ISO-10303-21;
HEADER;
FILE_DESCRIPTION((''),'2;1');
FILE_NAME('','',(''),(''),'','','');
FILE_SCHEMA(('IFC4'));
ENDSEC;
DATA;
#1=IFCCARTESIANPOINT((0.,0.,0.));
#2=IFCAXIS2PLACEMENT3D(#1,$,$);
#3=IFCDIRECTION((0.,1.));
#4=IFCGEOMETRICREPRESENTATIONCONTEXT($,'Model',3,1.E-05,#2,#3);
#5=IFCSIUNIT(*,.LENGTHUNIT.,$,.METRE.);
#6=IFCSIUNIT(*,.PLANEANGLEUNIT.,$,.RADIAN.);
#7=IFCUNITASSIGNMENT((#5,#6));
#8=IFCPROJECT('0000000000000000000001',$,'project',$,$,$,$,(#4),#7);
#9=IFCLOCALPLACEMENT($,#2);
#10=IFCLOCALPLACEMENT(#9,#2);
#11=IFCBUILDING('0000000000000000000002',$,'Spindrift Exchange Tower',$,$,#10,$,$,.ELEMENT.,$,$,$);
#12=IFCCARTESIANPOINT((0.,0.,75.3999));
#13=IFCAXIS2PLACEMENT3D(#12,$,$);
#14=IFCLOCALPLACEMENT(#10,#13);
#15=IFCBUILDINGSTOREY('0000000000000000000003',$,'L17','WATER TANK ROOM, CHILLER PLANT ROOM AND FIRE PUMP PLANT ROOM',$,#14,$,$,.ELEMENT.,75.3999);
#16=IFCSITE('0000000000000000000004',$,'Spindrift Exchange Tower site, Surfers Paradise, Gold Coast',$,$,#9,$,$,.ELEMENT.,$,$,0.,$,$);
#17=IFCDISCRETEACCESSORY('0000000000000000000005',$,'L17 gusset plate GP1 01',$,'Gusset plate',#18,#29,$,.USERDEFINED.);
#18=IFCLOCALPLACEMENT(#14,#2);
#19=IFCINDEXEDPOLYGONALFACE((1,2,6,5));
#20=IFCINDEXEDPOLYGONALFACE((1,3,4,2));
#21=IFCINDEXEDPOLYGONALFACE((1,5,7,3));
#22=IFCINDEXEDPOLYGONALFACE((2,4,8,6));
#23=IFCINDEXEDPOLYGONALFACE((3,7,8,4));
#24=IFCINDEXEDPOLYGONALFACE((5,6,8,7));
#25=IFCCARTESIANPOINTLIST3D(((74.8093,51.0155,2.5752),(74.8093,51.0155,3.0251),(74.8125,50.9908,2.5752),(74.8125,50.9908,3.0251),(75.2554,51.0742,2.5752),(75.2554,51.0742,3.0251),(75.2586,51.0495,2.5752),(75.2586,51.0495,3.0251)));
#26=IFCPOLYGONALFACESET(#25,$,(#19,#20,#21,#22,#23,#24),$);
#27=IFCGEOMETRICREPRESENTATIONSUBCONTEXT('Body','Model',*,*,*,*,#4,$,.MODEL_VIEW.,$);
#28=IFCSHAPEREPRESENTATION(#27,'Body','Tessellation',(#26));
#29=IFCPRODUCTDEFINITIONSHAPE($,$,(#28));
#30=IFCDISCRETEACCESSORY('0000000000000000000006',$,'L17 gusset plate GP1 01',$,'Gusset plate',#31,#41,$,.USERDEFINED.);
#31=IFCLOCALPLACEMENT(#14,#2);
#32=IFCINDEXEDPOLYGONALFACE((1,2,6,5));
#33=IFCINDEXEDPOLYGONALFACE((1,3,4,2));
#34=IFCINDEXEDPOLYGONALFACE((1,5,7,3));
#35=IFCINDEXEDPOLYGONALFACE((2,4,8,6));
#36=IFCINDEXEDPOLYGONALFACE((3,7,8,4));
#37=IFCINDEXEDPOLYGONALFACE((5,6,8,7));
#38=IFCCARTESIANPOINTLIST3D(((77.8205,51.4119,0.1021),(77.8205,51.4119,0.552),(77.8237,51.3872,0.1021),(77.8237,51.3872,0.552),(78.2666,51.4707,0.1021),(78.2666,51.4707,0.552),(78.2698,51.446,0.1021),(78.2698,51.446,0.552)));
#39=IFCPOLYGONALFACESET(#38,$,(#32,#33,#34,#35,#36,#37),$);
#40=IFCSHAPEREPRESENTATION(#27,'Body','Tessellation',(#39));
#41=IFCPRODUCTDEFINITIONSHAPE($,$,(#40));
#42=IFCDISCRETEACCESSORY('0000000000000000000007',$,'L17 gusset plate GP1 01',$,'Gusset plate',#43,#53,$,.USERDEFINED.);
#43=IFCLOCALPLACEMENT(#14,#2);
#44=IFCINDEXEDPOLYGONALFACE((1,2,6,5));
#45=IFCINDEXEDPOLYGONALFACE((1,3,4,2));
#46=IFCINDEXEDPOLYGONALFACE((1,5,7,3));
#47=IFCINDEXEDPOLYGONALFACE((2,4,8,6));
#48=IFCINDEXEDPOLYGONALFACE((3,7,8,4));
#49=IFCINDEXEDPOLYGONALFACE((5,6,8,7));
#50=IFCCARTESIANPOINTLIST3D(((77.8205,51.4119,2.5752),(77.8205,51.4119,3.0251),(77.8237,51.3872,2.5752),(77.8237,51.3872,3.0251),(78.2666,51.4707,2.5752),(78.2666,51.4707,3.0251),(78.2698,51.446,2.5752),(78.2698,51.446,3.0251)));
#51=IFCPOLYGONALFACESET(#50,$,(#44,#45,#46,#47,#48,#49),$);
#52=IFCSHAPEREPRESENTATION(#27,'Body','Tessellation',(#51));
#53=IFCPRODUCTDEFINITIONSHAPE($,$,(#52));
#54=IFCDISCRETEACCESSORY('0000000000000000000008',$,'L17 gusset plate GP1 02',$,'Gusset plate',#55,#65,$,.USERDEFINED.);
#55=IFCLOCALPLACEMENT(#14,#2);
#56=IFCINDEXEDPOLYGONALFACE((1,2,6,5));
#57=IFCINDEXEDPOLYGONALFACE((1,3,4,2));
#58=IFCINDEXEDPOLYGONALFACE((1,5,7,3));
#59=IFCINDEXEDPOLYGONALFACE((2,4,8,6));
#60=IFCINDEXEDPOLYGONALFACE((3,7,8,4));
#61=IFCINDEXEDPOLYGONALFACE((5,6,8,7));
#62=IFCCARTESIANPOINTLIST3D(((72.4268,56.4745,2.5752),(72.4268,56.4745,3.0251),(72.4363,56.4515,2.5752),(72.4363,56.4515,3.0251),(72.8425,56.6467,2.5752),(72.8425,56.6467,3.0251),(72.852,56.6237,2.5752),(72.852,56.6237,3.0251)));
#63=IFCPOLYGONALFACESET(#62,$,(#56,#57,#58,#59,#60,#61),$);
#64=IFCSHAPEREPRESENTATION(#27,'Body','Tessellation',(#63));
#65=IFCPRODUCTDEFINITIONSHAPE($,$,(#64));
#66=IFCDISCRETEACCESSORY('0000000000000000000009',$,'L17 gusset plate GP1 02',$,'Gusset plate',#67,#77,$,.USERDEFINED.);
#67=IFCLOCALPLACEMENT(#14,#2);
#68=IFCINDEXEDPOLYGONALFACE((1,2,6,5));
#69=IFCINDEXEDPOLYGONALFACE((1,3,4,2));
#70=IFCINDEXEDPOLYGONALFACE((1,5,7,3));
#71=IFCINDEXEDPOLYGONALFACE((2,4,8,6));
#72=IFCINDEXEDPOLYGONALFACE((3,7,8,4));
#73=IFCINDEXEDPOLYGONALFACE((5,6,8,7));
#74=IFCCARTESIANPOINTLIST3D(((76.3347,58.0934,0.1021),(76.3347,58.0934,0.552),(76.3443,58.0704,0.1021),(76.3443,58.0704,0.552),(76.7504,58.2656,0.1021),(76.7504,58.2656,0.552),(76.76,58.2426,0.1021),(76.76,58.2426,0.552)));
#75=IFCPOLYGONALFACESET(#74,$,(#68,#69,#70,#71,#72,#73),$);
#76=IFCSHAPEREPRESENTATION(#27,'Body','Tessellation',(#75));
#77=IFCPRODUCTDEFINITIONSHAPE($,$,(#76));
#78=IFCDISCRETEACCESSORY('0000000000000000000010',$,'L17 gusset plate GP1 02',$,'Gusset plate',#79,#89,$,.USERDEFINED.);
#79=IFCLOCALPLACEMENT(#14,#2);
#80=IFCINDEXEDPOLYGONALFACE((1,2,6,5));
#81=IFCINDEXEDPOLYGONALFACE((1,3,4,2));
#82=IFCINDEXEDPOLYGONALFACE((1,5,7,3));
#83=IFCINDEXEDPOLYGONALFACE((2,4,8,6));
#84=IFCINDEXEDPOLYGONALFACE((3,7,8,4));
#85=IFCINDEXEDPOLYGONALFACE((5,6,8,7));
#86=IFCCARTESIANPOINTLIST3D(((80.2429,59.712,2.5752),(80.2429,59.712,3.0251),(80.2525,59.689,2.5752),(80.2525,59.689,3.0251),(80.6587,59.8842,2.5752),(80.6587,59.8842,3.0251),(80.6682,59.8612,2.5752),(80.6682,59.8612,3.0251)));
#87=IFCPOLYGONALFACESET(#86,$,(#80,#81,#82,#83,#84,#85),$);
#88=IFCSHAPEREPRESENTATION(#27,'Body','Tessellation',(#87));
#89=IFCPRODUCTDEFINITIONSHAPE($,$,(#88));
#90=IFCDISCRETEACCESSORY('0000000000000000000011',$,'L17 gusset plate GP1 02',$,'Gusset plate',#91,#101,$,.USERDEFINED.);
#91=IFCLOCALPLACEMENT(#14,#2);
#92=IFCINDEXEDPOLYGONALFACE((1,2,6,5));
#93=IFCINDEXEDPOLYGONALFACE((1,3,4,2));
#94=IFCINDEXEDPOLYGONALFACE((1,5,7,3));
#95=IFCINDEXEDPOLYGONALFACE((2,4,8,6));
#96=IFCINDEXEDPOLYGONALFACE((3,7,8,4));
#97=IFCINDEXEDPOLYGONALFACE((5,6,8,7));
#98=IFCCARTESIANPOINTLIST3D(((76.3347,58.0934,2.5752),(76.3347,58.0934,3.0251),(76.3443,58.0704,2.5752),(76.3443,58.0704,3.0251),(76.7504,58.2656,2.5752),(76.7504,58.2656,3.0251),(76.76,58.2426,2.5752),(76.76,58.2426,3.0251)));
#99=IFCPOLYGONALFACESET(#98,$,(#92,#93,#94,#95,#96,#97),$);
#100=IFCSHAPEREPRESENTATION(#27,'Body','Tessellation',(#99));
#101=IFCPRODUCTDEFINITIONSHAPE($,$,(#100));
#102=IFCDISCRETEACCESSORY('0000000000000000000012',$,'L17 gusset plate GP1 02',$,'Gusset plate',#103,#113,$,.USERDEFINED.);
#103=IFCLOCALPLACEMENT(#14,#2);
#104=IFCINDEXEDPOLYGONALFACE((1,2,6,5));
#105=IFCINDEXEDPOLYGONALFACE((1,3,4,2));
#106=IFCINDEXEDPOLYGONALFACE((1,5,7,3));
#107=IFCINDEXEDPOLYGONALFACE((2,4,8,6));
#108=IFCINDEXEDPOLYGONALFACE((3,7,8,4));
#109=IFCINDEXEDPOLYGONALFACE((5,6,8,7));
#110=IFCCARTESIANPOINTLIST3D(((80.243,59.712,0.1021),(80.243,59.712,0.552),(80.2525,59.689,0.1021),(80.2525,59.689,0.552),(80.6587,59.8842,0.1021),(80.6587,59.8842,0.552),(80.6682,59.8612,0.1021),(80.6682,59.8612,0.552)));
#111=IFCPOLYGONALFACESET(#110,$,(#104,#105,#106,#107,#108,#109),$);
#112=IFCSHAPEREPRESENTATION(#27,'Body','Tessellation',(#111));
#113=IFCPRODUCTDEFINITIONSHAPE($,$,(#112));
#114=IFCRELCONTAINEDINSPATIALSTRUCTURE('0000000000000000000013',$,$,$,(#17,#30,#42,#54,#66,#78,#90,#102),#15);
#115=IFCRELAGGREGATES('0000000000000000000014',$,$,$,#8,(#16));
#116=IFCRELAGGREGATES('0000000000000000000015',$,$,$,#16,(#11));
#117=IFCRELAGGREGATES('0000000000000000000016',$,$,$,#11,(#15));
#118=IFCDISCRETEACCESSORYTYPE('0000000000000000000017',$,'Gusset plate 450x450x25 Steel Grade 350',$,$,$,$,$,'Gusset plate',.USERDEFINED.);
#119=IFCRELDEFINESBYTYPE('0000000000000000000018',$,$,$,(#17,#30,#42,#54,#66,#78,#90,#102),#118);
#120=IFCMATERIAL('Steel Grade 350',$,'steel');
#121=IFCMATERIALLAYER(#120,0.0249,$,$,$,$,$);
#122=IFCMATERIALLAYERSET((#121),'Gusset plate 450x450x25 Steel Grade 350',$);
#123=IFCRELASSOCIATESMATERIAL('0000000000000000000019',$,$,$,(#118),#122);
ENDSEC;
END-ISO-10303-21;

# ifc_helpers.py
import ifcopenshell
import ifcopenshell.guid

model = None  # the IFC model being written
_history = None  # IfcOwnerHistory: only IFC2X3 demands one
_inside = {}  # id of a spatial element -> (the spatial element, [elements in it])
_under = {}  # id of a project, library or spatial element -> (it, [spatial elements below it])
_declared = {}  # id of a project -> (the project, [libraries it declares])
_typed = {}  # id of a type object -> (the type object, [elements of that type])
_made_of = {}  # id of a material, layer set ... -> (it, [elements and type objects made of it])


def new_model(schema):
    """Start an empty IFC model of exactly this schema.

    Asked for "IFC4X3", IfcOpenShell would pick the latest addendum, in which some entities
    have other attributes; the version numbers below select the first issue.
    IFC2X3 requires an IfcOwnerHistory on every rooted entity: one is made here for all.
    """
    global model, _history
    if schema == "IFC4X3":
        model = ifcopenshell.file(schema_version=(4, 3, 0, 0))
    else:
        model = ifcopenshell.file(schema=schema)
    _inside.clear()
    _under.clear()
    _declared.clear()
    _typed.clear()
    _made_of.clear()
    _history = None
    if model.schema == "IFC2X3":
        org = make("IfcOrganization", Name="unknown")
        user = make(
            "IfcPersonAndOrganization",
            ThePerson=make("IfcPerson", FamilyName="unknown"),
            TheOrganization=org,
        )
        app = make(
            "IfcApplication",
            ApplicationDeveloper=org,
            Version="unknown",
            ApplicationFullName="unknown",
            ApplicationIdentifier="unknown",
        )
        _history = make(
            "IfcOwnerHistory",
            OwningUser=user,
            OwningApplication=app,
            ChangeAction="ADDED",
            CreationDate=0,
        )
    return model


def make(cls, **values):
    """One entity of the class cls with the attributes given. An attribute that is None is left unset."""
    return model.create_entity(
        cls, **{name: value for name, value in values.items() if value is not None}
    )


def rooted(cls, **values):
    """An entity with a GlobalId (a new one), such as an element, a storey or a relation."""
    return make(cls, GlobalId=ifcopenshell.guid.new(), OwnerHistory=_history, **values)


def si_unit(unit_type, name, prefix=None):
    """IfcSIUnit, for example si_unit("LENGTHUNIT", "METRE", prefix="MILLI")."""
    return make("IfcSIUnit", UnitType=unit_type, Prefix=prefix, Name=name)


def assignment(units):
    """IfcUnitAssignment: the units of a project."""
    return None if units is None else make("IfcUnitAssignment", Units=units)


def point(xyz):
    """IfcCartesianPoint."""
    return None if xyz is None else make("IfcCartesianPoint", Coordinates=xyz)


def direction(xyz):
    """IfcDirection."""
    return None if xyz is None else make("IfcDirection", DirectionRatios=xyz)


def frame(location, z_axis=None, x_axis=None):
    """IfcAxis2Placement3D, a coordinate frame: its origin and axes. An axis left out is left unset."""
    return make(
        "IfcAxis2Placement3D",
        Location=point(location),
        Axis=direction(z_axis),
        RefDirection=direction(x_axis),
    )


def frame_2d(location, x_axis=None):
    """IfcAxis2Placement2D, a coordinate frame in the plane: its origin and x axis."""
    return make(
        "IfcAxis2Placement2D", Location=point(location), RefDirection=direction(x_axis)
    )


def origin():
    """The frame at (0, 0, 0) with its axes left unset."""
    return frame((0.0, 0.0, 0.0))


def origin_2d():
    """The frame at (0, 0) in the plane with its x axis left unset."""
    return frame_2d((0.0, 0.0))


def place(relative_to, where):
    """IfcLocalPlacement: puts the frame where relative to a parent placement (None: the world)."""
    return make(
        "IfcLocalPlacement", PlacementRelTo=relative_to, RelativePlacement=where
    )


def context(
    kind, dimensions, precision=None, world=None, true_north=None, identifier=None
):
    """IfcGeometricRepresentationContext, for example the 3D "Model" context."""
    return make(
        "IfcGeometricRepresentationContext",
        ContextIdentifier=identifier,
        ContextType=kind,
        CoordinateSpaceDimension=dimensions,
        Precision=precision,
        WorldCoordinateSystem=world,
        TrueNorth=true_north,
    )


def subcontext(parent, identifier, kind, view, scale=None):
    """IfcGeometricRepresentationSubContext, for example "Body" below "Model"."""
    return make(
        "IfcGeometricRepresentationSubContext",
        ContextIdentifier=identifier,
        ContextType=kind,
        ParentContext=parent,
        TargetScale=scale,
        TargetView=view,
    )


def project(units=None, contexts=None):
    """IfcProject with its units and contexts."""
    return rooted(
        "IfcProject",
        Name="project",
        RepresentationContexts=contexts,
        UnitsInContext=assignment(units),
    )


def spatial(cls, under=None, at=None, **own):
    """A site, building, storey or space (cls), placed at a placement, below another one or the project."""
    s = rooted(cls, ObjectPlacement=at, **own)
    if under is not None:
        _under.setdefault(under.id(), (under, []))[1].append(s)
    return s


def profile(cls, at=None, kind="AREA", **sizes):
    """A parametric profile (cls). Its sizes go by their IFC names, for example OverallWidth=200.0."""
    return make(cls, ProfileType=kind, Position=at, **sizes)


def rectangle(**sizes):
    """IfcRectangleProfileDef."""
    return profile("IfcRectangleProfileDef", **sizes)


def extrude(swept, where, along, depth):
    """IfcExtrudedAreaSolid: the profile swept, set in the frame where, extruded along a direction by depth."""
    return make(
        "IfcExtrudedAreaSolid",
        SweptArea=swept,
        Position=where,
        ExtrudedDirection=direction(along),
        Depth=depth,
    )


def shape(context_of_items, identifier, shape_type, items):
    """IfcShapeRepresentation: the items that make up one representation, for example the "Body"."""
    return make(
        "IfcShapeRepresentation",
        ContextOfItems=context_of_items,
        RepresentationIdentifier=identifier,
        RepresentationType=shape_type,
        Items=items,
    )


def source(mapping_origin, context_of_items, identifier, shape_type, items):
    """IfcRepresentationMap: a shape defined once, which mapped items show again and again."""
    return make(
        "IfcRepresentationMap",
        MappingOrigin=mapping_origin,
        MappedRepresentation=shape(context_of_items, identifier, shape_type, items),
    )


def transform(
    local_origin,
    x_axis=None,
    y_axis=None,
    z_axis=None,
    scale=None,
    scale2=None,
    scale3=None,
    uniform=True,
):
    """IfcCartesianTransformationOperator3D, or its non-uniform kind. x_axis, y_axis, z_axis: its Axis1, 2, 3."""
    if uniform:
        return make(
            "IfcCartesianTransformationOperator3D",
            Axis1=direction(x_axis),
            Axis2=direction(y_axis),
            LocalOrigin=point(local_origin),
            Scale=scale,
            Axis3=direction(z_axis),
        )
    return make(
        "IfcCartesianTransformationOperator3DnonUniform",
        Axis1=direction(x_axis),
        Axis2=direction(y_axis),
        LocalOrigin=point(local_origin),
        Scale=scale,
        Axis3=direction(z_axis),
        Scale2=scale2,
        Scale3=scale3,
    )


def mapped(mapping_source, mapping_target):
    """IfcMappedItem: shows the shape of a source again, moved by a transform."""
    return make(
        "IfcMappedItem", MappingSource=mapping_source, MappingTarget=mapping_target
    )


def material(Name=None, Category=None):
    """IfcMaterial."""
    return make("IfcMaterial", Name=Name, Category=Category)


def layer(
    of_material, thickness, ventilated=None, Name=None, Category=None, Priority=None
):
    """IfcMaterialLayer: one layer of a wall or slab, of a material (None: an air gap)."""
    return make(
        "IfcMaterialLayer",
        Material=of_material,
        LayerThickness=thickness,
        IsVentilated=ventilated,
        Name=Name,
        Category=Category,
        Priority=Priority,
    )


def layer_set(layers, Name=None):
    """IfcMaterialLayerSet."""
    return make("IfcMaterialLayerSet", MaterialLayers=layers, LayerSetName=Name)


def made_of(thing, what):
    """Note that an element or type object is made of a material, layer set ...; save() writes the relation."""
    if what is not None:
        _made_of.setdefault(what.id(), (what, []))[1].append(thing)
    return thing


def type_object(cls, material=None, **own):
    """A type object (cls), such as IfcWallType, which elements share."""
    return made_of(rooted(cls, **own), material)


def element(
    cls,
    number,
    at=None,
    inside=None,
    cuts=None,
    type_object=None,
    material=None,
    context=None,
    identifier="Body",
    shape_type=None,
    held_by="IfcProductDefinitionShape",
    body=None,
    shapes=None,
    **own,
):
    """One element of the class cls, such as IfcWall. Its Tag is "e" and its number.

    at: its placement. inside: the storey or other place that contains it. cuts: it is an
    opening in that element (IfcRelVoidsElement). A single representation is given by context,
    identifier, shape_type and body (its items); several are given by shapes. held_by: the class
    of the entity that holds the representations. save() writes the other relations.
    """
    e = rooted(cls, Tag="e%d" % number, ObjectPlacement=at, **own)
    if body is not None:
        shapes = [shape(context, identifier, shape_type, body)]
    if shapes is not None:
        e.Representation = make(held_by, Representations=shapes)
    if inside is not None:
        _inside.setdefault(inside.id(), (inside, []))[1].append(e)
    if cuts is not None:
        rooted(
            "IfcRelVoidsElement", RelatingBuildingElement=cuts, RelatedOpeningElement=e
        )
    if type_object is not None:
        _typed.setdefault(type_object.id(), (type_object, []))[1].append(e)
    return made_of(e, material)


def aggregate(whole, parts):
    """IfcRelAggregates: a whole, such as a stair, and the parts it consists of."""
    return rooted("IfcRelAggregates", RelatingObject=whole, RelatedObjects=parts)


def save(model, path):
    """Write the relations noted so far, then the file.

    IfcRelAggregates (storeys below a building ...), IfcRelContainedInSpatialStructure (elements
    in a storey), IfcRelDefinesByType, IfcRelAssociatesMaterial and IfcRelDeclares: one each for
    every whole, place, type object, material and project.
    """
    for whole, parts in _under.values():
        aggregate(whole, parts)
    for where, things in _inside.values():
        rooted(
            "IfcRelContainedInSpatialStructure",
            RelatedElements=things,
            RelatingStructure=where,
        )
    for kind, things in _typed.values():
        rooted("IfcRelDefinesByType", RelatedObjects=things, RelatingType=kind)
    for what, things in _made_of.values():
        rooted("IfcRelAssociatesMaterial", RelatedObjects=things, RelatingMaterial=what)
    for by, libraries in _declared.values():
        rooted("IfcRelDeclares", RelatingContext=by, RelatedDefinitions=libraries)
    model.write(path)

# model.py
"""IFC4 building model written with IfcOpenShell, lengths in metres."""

from ifc_helpers import new_model, si_unit, direction, frame, origin, origin_2d, place, context, subcontext, project, spatial, rectangle, extrude, source, transform, mapped, material, layer, layer_set, type_object, element, save


model = new_model("IFC4")

# Units and contexts
model_context = context("Model", 3, precision=1e-05, world=origin(), true_north=direction((0.0, 1.0)))
body_context = subcontext(model_context, "Body", "Model", "MODEL_VIEW")
ifc_project = project(units=[si_unit("LENGTHUNIT", "METRE"), si_unit("PLANEANGLEUNIT", "RADIAN")], contexts=[model_context])

# Site, building, storey
site_placement = place(None, origin())
site = spatial("IfcSite", under=ifc_project, at=site_placement, Name="Spindrift Exchange Tower site, Surfers Paradise, Gold Coast", CompositionType="ELEMENT", RefElevation=0.0)
building_placement = place(site_placement, origin())
building = spatial("IfcBuilding", under=site, at=building_placement, Name="Spindrift Exchange Tower", CompositionType="ELEMENT")
storey_placement = place(building_placement, frame((0.0, 0.0, 75.3999)))
storey = spatial("IfcBuildingStorey", under=building, at=storey_placement, Name="L17", Description="WATER TANK ROOM, CHILLER PLANT ROOM AND FIRE PUMP PLANT ROOM", CompositionType="ELEMENT", Elevation=75.3999)

# Discrete accessories
ifc_material_1 = material(Name="Steel Grade 350", Category="steel")
ifc_layer_1 = layer(ifc_material_1, 0.0249)
ifc_layer_set_1 = layer_set([ifc_layer_1], Name="Gusset plate 450x450x25 Steel Grade 350")
discrete_accessory_type = type_object("IfcDiscreteAccessoryType", Name="Gusset plate 450x450x25 Steel Grade 350", ElementType="Gusset plate", PredefinedType="USERDEFINED", material=ifc_layer_set_1)
shared_shape_1 = source(origin(), body_context, "Body", "SweptSolid", [
    extrude(rectangle(XDim=0.45, YDim=0.0249, at=origin_2d()), origin(), (0.0, 0.0, 1.0), 0.45),
])
for number, where, z_axis, x_axis, name in (
    (1, (75.0339, 51.0325, 2.5752), (0.0, 0.0, 1.0), (0.991446, 0.130516, 0.0), "L17 gusset plate GP1 01"),
    (2, (78.0452, 51.429, 0.1021), (0.0, 0.0, 1.0), (0.991446, 0.130516, 0.0), "L17 gusset plate GP1 01"),
    (3, (78.0452, 51.429, 2.5752), (0.0, 0.0, 1.0), (0.991445, 0.130526, 0.0), "L17 gusset plate GP1 01"),
    (4, (72.6394, 56.5491, 2.5752), (0.0, 0.0, 1.0), (0.923879, 0.382685, 0.0), "L17 gusset plate GP1 02"),
    (5, (76.5474, 58.168, 0.1021), (0.0, 0.0, 1.0), (0.923879, 0.382685, 0.0), "L17 gusset plate GP1 02"),
    (6, (80.4556, 59.7866, 2.5752), (0.0, 0.0, 1.0), (0.923887, 0.382666, 0.0), "L17 gusset plate GP1 02"),
    (7, (76.5474, 58.168, 2.5752), (0.0, 0.0, 1.0), (0.92388, 0.382683, 0.0), "L17 gusset plate GP1 02"),
    (8, (80.4556, 59.7866, 0.1021), (0.0, 0.0, 1.0), (0.92388, 0.382683, 0.0), "L17 gusset plate GP1 02"),
):
    element("IfcDiscreteAccessory", number, at=place(storey_placement, frame(where, z_axis=z_axis, x_axis=x_axis)), inside=storey, type_object=discrete_accessory_type, Name=name, ObjectType="Gusset plate", PredefinedType="USERDEFINED", context=body_context, shape_type="MappedRepresentation", body=[
        mapped(shared_shape_1, transform((0.0, 0.0, 0.0), scale=1.0)),
    ])

save(model, "model.ifc")
